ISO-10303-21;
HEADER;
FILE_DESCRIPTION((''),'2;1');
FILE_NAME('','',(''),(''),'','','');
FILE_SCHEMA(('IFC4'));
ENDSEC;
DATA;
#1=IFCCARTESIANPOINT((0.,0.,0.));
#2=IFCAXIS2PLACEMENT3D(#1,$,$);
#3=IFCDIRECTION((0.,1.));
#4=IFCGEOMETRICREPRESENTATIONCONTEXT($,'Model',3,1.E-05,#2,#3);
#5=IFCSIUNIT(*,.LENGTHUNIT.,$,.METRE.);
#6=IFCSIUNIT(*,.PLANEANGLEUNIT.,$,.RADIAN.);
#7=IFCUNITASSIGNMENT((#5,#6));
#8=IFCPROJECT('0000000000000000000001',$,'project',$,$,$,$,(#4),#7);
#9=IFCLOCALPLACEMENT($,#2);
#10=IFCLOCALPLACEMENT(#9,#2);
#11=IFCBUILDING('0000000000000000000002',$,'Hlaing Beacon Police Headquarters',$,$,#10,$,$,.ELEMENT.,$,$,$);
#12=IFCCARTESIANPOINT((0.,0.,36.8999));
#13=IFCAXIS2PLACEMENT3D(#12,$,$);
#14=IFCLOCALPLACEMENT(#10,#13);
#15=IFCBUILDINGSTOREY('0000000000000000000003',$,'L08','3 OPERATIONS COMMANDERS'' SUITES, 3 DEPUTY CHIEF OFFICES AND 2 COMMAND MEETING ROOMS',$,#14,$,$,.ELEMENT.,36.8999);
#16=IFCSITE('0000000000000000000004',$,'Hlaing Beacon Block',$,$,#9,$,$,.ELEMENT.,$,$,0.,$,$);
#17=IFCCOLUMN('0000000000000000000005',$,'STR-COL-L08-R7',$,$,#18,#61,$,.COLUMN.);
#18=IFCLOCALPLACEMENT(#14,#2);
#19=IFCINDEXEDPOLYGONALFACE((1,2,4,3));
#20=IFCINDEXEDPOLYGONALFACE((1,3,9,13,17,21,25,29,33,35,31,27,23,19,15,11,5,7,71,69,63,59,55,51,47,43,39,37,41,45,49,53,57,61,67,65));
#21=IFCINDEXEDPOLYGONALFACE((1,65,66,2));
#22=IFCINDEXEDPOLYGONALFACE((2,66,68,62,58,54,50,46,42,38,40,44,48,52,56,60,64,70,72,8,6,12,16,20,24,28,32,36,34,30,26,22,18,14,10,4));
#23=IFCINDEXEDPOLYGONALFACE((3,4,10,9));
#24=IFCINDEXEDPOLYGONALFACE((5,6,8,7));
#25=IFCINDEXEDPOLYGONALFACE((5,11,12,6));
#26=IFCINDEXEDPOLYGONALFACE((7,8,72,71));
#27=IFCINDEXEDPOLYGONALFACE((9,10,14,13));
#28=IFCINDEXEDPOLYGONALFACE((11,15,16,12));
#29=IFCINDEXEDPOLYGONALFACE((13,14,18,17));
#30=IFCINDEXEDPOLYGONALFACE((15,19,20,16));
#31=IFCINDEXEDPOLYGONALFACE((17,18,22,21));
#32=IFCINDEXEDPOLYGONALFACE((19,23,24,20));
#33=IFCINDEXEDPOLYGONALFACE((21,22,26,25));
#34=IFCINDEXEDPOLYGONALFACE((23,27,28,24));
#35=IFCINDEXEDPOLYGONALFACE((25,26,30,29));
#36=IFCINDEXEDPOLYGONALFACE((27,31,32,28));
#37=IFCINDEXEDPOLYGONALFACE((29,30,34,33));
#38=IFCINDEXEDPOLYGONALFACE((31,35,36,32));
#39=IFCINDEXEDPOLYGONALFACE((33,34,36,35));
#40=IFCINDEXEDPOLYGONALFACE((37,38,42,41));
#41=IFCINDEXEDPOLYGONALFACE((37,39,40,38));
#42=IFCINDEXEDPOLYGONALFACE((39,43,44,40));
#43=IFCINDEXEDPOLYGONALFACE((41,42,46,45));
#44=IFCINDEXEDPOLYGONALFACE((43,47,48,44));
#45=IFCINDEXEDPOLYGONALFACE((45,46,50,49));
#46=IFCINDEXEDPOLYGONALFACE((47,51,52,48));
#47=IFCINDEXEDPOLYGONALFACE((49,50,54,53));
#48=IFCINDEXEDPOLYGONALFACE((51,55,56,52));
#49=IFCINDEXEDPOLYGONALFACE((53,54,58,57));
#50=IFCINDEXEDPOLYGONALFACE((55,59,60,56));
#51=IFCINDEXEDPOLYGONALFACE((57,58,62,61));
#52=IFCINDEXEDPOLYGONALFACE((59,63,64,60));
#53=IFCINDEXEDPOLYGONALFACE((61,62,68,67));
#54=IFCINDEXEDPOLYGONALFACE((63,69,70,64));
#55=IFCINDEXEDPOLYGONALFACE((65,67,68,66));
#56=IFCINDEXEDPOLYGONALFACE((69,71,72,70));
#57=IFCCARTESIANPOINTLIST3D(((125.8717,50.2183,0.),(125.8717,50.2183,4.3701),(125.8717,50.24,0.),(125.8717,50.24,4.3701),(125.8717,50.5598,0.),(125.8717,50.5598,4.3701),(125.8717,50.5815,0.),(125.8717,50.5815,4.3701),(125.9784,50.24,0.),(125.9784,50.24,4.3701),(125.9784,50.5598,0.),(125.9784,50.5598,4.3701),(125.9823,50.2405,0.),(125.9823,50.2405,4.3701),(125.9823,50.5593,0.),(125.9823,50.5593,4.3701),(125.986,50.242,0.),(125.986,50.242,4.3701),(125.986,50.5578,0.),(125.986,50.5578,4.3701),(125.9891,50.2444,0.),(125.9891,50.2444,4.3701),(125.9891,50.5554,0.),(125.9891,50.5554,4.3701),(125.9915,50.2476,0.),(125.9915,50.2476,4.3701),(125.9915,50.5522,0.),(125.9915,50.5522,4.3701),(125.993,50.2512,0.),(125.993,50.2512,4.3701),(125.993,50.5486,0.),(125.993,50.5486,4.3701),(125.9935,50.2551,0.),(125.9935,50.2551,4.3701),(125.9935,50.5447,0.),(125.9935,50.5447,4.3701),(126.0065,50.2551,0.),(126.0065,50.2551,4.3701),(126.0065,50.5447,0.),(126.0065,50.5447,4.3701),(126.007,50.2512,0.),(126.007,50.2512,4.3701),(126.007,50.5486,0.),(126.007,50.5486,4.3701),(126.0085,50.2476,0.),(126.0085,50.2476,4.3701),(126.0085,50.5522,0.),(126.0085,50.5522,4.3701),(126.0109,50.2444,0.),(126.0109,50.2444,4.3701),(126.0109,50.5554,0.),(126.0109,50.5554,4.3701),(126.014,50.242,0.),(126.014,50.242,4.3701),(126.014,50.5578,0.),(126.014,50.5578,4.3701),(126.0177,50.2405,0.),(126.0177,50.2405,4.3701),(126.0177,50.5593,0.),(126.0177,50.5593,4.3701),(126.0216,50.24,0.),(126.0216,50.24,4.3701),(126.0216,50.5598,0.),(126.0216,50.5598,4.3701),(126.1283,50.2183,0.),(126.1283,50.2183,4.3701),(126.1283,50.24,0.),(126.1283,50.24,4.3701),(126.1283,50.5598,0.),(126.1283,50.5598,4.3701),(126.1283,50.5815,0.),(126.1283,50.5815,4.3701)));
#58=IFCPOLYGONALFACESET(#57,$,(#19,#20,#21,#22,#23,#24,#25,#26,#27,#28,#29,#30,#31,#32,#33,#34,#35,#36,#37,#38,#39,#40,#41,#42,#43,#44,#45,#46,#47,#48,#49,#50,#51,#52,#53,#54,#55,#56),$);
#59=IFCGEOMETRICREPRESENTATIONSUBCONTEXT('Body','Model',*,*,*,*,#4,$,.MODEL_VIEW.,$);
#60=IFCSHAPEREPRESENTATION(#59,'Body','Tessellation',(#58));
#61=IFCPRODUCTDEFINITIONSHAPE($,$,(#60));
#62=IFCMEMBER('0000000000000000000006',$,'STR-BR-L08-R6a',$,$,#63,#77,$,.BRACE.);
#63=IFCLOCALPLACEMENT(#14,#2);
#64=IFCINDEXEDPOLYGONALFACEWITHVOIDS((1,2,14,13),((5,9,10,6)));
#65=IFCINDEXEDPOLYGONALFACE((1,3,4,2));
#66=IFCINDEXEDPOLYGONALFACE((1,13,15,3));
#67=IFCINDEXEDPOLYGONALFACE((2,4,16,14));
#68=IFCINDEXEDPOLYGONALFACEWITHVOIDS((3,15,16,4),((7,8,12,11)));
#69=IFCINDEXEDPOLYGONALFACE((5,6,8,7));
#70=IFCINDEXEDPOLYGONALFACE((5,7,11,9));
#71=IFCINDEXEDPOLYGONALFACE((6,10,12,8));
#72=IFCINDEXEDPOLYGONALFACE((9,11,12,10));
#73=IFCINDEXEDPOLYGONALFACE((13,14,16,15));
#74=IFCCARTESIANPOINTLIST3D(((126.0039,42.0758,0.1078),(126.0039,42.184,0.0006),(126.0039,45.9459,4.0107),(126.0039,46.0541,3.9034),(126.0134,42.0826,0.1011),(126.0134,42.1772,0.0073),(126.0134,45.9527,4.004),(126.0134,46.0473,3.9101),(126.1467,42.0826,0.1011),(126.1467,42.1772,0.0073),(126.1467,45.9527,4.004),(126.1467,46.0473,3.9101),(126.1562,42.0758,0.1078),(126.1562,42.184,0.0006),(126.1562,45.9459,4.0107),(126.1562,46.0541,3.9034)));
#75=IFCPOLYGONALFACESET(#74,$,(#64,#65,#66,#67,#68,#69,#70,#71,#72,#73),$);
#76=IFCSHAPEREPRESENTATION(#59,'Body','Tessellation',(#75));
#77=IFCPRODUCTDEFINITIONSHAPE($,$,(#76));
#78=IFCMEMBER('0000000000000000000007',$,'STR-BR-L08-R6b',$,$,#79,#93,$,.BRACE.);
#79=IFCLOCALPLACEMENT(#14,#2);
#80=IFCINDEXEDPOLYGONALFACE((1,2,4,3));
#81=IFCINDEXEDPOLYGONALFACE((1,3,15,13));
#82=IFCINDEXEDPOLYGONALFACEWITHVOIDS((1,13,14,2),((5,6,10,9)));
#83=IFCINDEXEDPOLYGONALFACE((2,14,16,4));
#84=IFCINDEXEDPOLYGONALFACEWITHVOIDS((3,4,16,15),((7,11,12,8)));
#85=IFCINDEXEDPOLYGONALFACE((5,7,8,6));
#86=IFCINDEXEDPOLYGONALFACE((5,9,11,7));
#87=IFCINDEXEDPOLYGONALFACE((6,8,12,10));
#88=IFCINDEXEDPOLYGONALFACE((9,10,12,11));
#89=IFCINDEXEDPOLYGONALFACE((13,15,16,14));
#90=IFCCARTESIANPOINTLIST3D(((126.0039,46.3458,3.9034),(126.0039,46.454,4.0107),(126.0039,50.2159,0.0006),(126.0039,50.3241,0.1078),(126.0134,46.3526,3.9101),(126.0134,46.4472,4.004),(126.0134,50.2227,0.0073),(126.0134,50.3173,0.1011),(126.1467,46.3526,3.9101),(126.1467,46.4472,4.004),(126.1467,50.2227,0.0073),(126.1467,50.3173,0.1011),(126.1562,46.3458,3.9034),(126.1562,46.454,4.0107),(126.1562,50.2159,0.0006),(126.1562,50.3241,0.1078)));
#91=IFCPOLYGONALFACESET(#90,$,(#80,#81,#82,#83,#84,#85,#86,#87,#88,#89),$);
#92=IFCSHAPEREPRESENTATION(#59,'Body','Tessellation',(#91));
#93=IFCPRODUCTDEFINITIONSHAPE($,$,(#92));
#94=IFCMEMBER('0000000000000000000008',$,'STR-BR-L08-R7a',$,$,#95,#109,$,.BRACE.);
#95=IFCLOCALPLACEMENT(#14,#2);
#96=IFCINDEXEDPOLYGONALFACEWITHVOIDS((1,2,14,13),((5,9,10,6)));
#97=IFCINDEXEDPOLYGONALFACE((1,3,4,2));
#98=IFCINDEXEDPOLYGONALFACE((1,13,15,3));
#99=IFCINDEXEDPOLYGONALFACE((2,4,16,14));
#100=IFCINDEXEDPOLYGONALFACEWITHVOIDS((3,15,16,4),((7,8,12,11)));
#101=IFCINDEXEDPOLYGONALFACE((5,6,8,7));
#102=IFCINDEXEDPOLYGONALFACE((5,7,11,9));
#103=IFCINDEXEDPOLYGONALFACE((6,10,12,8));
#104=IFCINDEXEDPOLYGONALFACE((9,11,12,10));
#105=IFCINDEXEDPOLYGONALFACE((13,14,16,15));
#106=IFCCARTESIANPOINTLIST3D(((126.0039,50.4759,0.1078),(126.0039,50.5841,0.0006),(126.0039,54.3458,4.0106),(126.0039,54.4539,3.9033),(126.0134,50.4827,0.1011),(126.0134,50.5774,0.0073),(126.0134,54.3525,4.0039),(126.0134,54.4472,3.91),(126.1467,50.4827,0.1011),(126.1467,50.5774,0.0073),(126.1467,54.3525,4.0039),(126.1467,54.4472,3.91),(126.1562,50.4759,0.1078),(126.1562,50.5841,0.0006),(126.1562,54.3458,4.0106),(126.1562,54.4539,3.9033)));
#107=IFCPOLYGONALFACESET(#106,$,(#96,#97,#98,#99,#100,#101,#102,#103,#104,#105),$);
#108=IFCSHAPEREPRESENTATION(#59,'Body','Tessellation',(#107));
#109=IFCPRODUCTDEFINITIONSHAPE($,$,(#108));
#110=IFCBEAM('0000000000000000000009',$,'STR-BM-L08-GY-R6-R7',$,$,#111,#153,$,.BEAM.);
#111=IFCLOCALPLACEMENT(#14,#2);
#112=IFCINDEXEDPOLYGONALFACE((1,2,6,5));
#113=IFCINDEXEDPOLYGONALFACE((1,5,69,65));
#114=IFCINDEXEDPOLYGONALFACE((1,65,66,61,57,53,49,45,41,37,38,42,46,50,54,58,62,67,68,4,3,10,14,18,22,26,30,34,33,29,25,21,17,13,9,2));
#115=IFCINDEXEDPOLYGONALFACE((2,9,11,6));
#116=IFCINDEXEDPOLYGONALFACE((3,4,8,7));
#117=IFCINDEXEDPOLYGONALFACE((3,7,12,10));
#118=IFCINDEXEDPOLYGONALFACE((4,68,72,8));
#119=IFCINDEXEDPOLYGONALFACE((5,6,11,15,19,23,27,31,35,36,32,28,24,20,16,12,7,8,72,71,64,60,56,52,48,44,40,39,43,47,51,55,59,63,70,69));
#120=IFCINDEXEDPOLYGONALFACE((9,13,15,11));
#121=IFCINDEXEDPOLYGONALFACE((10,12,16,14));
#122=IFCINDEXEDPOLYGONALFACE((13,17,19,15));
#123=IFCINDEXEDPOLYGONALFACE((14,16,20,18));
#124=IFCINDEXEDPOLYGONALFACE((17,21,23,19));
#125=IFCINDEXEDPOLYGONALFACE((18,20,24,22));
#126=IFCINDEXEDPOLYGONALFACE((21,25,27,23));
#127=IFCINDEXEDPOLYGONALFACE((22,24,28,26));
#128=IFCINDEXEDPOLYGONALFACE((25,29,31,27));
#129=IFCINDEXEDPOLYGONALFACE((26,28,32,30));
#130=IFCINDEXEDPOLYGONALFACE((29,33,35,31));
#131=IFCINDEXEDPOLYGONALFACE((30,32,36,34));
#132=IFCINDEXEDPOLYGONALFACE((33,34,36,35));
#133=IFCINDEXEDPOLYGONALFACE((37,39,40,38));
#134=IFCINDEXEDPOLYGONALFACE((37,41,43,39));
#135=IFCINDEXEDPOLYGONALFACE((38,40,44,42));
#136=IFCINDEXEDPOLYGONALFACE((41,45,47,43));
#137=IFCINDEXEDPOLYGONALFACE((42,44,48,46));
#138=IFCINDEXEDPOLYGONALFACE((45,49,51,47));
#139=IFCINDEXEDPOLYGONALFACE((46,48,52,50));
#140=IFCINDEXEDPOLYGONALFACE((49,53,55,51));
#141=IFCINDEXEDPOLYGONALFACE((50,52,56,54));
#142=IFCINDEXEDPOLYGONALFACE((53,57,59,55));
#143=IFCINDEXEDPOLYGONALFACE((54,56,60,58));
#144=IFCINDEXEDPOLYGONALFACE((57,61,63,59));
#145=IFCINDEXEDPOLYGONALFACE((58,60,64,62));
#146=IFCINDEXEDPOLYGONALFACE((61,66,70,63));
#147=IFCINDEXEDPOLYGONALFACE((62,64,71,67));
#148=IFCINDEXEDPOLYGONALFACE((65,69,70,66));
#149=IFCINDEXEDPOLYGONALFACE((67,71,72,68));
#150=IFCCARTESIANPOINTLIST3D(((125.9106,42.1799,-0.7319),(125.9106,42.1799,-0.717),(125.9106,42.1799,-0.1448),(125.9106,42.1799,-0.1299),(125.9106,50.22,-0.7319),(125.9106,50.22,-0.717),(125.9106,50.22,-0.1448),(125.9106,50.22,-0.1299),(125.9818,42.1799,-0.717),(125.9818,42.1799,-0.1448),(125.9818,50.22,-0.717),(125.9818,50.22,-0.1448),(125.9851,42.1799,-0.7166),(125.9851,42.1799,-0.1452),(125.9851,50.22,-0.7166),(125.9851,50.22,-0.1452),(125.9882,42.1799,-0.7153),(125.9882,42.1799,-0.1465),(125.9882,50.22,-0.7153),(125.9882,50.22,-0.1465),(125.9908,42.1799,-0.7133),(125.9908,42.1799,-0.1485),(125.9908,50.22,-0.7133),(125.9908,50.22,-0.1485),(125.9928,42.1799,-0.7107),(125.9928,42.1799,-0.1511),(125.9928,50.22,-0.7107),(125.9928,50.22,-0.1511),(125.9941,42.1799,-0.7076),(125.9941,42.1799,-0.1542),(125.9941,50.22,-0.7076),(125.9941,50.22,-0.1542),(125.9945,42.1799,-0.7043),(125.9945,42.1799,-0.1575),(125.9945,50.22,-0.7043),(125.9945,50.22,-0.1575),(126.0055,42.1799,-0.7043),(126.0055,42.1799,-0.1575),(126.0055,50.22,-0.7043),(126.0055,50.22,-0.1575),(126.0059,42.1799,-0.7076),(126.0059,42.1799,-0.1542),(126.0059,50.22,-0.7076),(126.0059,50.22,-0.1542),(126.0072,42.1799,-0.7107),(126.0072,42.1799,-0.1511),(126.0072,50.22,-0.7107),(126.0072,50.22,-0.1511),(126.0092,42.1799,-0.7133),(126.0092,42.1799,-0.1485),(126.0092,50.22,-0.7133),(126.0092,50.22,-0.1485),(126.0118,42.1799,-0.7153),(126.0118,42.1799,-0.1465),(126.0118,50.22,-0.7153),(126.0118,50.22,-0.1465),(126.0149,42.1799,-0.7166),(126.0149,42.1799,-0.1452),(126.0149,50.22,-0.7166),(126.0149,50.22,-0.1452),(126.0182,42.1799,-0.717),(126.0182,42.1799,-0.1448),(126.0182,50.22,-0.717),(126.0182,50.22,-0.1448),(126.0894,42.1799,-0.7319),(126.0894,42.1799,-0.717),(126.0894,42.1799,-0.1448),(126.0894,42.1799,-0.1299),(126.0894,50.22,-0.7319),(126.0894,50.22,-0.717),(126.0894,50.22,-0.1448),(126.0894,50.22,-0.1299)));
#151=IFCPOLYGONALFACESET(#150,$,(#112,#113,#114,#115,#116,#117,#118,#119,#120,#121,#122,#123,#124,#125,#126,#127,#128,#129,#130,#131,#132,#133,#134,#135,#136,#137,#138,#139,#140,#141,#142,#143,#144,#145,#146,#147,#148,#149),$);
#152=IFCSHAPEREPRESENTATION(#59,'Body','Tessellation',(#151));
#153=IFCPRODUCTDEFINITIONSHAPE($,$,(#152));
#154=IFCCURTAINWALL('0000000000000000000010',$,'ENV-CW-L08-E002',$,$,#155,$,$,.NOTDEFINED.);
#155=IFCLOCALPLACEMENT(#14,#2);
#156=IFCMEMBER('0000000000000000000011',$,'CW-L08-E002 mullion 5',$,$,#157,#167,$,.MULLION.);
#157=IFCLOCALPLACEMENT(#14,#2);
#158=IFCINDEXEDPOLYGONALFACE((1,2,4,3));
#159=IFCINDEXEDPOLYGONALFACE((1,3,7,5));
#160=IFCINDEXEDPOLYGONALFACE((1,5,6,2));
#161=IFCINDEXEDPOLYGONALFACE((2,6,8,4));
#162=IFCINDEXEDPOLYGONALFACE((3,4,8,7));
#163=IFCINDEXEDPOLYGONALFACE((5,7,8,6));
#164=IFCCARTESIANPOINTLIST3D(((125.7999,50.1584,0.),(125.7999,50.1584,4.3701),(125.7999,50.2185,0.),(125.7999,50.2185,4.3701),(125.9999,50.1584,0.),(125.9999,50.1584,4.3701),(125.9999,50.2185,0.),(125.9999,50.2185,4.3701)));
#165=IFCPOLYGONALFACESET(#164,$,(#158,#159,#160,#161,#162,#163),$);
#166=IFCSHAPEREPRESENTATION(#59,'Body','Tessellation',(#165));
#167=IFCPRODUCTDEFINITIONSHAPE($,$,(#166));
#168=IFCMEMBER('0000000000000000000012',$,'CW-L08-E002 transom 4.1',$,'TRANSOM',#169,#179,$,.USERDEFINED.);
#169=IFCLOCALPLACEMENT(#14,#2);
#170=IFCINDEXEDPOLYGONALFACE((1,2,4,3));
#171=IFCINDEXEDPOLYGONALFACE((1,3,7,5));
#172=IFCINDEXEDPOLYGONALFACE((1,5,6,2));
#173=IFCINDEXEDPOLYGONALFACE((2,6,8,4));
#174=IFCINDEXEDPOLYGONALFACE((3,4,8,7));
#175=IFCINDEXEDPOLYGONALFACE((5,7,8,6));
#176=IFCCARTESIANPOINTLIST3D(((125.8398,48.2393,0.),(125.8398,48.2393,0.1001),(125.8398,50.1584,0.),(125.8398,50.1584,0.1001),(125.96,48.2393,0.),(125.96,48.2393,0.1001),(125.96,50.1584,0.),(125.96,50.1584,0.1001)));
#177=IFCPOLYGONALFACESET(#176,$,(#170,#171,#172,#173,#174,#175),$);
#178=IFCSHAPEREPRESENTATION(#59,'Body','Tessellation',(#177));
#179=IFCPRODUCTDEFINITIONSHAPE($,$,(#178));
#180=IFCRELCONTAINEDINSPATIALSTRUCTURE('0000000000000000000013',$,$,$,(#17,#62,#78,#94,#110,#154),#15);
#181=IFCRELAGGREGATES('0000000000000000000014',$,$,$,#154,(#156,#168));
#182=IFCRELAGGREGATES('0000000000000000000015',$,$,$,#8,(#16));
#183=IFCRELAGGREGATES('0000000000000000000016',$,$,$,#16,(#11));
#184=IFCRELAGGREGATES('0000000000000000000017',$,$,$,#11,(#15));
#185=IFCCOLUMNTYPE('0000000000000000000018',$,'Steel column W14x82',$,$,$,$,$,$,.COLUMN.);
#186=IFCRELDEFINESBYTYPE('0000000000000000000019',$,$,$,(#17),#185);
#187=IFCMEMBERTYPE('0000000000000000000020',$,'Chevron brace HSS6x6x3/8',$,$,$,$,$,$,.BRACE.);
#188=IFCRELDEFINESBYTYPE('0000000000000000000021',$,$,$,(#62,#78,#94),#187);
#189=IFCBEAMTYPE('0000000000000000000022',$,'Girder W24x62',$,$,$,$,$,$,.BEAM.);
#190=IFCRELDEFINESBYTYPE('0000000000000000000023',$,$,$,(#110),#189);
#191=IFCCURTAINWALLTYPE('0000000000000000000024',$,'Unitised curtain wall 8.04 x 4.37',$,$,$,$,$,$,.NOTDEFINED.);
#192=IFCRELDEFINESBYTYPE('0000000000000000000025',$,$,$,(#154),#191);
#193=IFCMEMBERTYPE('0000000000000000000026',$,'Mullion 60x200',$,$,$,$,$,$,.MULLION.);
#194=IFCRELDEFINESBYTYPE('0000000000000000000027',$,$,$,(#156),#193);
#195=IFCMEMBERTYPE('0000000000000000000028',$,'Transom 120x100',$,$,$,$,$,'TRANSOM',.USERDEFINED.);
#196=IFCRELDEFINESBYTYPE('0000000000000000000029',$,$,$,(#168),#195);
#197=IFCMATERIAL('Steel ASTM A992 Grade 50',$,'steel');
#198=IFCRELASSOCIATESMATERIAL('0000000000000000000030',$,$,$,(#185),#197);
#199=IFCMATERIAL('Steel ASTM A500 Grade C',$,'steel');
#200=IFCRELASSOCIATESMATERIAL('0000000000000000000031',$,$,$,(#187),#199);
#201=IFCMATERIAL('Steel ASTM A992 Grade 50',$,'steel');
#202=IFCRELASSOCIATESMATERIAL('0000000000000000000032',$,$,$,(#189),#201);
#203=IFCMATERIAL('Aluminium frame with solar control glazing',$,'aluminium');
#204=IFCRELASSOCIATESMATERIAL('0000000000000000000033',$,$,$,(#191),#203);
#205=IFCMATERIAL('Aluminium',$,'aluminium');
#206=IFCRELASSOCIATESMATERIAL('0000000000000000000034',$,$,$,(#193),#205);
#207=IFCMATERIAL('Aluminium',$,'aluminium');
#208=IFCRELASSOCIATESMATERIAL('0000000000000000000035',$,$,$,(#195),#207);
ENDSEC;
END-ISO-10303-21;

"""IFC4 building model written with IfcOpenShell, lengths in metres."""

from ifc_helpers import new_model, si_unit, direction, frame, origin, origin_2d, place, context, subcontext, project, spatial, rectangle, hollow_rectangle, i_section, extrude, material, material_profile, profile_set, type_object, element, aggregate, save


model = new_model("IFC4")

# Units and contexts
model_context = context("Model", 3, precision=1e-05, world=origin(), true_north=direction((0.0, 1.0)))
body_context = subcontext(model_context, "Body", "Model", "MODEL_VIEW")
ifc_project = project(units=[si_unit("LENGTHUNIT", "METRE"), si_unit("PLANEANGLEUNIT", "RADIAN")], contexts=[model_context])

# Site, building, storey
site_placement = place(None, origin())
site = spatial("IfcSite", under=ifc_project, at=site_placement, Name="Hlaing Beacon Block", CompositionType="ELEMENT", RefElevation=0.0)
building_placement = place(site_placement, origin())
building = spatial("IfcBuilding", under=site, at=building_placement, Name="Hlaing Beacon Police Headquarters", CompositionType="ELEMENT")
storey_placement = place(building_placement, frame((0.0, 0.0, 36.8999)))
storey = spatial("IfcBuildingStorey", under=building, at=storey_placement, Name="L08", Description="3 OPERATIONS COMMANDERS' SUITES, 3 DEPUTY CHIEF OFFICES AND 2 COMMAND MEETING ROOMS", CompositionType="ELEMENT", Elevation=36.8999)

# Column
ifc_material_1 = material(Name="Steel ASTM A992 Grade 50", Category="steel")
ifc_material_profile_1 = material_profile(ifc_material_1, i_section(OverallWidth=0.2566, OverallDepth=0.3633, WebThickness=0.0129, FlangeThickness=0.0217, FilletRadius=0.0151, at=origin_2d()), Name="W14x82")
ifc_profile_set_1 = profile_set([ifc_material_profile_1], Name="Steel ASTM A992 Grade 50")
column_type = type_object("IfcColumnType", Name="Steel column W14x82", PredefinedType="COLUMN", material=ifc_profile_set_1)
column_placement = place(storey_placement, frame((126.0, 50.3999, 0.0), z_axis=(0.0, 0.0, 1.0), x_axis=(1.0, 0.0, 0.0)))
element("IfcColumn", 1, at=column_placement, inside=storey, type_object=column_type, Name="STR-COL-L08-R7", PredefinedType="COLUMN", context=body_context, shape_type="SweptSolid", body=[
    extrude(i_section(OverallWidth=0.2566, OverallDepth=0.3633, WebThickness=0.0129, FlangeThickness=0.0217, FilletRadius=0.0151, at=origin_2d()), origin(), (0.0, 0.0, 1.0), 4.3701),
])

# Members
ifc_material_2 = material(Name="Steel ASTM A500 Grade C", Category="steel")
ifc_material_profile_2 = material_profile(ifc_material_2, hollow_rectangle(XDim=0.1523, YDim=0.1523, WallThickness=0.0095, at=origin_2d()), Name="HSS6x6x3/8")
ifc_profile_set_2 = profile_set([ifc_material_profile_2], Name="Steel ASTM A500 Grade C")
member_type_1 = type_object("IfcMemberType", Name="Chevron brace HSS6x6x3/8", PredefinedType="BRACE", material=ifc_profile_set_2)
for number, where, z_axis, x_axis, name in (
    (2, (126.0801, 42.1299, 0.0542), (0.0, 0.704124, 0.710077), (-1.0, 0.0, 0.0), "STR-BR-L08-R6a"),
    (3, (126.0801, 50.27, 0.0542), (0.0, -0.704124, 0.710077), (1.0, 0.0, 0.0), "STR-BR-L08-R6b"),
):
    element("IfcMember", number, at=place(storey_placement, frame(where, z_axis=z_axis, x_axis=x_axis)), inside=storey, type_object=member_type_1, Name=name, PredefinedType="BRACE", context=body_context, shape_type="SweptSolid", body=[
        extrude(hollow_rectangle(XDim=0.1523, YDim=0.1523, WallThickness=0.0095, at=origin_2d()), origin(), (0.0, 0.0, 1.0), 5.4963),
    ])
member_1_placement = place(storey_placement, frame((126.0801, 50.53, 0.0542), z_axis=(0.0, 0.704102, 0.710099), x_axis=(-1.0, 0.0, 0.0)))
element("IfcMember", 4, at=member_1_placement, inside=storey, type_object=member_type_1, Name="STR-BR-L08-R7a", PredefinedType="BRACE", context=body_context, shape_type="SweptSolid", body=[
    extrude(hollow_rectangle(XDim=0.1523, YDim=0.1523, WallThickness=0.0095, at=origin_2d()), origin(), (0.0, 0.0, 1.0), 5.4961),
])

# Beam
ifc_material_3 = material(Name="Steel ASTM A992 Grade 50", Category="steel")
ifc_material_profile_3 = material_profile(ifc_material_3, i_section(OverallWidth=0.1787, OverallDepth=0.6021, WebThickness=0.011, FlangeThickness=0.0149, FilletRadius=0.0127, at=origin_2d()), Name="W24x62")
ifc_profile_set_3 = profile_set([ifc_material_profile_3], Name="Steel ASTM A992 Grade 50")
beam_type = type_object("IfcBeamType", Name="Girder W24x62", PredefinedType="BEAM", material=ifc_profile_set_3)
beam_placement = place(storey_placement, frame((126.0, 42.1799, -0.4309), z_axis=(0.0, 1.0, 0.0), x_axis=(-1.0, 0.0, 0.0)))
element("IfcBeam", 5, at=beam_placement, inside=storey, type_object=beam_type, Name="STR-BM-L08-GY-R6-R7", PredefinedType="BEAM", context=body_context, shape_type="SweptSolid", body=[
    extrude(i_section(OverallWidth=0.1787, OverallDepth=0.6021, WebThickness=0.011, FlangeThickness=0.0149, FilletRadius=0.0127, at=origin_2d()), origin(), (0.0, 0.0, 1.0), 8.04),
])

# Curtain wall, members
ifc_material_4 = material(Name="Aluminium frame with solar control glazing", Category="aluminium")
curtain_wall_type = type_object("IfcCurtainWallType", Name="Unitised curtain wall 8.04 x 4.37", PredefinedType="NOTDEFINED", material=ifc_material_4)
curtain_wall_placement = place(storey_placement, origin())
curtain_wall = element("IfcCurtainWall", 6, at=curtain_wall_placement, inside=storey, type_object=curtain_wall_type, Name="ENV-CW-L08-E002", PredefinedType="NOTDEFINED")
ifc_material_5 = material(Name="Aluminium", Category="aluminium")
ifc_material_profile_4 = material_profile(ifc_material_5, rectangle(XDim=0.2, YDim=0.0601, at=origin_2d()), Name="Mullion 60x200")
ifc_profile_set_4 = profile_set([ifc_material_profile_4], Name="Aluminium")
member_type_2 = type_object("IfcMemberType", Name="Mullion 60x200", PredefinedType="MULLION", material=ifc_profile_set_4)
member_2_placement = place(storey_placement, frame((125.8999, 50.1885, 0.0), z_axis=(0.0, 0.0, 1.0), x_axis=(-1.0, 0.0, 0.0)))
member_2 = element("IfcMember", 7, at=member_2_placement, type_object=member_type_2, Name="CW-L08-E002 mullion 5", PredefinedType="MULLION", context=body_context, shape_type="SweptSolid", body=[
    extrude(rectangle(XDim=0.2, YDim=0.0601, at=origin_2d()), origin(), (0.0, 0.0, 1.0), 4.3701),
])
ifc_material_6 = material(Name="Aluminium", Category="aluminium")
ifc_material_profile_5 = material_profile(ifc_material_6, rectangle(XDim=0.1201, YDim=0.1001, at=origin_2d()), Name="Transom 120x100")
ifc_profile_set_5 = profile_set([ifc_material_profile_5], Name="Aluminium")
member_type_3 = type_object("IfcMemberType", Name="Transom 120x100", ElementType="TRANSOM", PredefinedType="USERDEFINED", material=ifc_profile_set_5)
member_3_placement = place(storey_placement, frame((125.8999, 48.2393, 0.05), z_axis=(0.0, 1.0, 0.0), x_axis=(-1.0, 0.0, 0.0)))
member_3 = element("IfcMember", 8, at=member_3_placement, type_object=member_type_3, Name="CW-L08-E002 transom 4.1", ObjectType="TRANSOM", PredefinedType="USERDEFINED", context=body_context, shape_type="SweptSolid", body=[
    extrude(rectangle(XDim=0.1201, YDim=0.1001, at=origin_2d()), origin(), (0.0, 0.0, 1.0), 1.9192),
])
aggregate(curtain_wall, [member_2, member_3])

save(model, "model.ifc")
